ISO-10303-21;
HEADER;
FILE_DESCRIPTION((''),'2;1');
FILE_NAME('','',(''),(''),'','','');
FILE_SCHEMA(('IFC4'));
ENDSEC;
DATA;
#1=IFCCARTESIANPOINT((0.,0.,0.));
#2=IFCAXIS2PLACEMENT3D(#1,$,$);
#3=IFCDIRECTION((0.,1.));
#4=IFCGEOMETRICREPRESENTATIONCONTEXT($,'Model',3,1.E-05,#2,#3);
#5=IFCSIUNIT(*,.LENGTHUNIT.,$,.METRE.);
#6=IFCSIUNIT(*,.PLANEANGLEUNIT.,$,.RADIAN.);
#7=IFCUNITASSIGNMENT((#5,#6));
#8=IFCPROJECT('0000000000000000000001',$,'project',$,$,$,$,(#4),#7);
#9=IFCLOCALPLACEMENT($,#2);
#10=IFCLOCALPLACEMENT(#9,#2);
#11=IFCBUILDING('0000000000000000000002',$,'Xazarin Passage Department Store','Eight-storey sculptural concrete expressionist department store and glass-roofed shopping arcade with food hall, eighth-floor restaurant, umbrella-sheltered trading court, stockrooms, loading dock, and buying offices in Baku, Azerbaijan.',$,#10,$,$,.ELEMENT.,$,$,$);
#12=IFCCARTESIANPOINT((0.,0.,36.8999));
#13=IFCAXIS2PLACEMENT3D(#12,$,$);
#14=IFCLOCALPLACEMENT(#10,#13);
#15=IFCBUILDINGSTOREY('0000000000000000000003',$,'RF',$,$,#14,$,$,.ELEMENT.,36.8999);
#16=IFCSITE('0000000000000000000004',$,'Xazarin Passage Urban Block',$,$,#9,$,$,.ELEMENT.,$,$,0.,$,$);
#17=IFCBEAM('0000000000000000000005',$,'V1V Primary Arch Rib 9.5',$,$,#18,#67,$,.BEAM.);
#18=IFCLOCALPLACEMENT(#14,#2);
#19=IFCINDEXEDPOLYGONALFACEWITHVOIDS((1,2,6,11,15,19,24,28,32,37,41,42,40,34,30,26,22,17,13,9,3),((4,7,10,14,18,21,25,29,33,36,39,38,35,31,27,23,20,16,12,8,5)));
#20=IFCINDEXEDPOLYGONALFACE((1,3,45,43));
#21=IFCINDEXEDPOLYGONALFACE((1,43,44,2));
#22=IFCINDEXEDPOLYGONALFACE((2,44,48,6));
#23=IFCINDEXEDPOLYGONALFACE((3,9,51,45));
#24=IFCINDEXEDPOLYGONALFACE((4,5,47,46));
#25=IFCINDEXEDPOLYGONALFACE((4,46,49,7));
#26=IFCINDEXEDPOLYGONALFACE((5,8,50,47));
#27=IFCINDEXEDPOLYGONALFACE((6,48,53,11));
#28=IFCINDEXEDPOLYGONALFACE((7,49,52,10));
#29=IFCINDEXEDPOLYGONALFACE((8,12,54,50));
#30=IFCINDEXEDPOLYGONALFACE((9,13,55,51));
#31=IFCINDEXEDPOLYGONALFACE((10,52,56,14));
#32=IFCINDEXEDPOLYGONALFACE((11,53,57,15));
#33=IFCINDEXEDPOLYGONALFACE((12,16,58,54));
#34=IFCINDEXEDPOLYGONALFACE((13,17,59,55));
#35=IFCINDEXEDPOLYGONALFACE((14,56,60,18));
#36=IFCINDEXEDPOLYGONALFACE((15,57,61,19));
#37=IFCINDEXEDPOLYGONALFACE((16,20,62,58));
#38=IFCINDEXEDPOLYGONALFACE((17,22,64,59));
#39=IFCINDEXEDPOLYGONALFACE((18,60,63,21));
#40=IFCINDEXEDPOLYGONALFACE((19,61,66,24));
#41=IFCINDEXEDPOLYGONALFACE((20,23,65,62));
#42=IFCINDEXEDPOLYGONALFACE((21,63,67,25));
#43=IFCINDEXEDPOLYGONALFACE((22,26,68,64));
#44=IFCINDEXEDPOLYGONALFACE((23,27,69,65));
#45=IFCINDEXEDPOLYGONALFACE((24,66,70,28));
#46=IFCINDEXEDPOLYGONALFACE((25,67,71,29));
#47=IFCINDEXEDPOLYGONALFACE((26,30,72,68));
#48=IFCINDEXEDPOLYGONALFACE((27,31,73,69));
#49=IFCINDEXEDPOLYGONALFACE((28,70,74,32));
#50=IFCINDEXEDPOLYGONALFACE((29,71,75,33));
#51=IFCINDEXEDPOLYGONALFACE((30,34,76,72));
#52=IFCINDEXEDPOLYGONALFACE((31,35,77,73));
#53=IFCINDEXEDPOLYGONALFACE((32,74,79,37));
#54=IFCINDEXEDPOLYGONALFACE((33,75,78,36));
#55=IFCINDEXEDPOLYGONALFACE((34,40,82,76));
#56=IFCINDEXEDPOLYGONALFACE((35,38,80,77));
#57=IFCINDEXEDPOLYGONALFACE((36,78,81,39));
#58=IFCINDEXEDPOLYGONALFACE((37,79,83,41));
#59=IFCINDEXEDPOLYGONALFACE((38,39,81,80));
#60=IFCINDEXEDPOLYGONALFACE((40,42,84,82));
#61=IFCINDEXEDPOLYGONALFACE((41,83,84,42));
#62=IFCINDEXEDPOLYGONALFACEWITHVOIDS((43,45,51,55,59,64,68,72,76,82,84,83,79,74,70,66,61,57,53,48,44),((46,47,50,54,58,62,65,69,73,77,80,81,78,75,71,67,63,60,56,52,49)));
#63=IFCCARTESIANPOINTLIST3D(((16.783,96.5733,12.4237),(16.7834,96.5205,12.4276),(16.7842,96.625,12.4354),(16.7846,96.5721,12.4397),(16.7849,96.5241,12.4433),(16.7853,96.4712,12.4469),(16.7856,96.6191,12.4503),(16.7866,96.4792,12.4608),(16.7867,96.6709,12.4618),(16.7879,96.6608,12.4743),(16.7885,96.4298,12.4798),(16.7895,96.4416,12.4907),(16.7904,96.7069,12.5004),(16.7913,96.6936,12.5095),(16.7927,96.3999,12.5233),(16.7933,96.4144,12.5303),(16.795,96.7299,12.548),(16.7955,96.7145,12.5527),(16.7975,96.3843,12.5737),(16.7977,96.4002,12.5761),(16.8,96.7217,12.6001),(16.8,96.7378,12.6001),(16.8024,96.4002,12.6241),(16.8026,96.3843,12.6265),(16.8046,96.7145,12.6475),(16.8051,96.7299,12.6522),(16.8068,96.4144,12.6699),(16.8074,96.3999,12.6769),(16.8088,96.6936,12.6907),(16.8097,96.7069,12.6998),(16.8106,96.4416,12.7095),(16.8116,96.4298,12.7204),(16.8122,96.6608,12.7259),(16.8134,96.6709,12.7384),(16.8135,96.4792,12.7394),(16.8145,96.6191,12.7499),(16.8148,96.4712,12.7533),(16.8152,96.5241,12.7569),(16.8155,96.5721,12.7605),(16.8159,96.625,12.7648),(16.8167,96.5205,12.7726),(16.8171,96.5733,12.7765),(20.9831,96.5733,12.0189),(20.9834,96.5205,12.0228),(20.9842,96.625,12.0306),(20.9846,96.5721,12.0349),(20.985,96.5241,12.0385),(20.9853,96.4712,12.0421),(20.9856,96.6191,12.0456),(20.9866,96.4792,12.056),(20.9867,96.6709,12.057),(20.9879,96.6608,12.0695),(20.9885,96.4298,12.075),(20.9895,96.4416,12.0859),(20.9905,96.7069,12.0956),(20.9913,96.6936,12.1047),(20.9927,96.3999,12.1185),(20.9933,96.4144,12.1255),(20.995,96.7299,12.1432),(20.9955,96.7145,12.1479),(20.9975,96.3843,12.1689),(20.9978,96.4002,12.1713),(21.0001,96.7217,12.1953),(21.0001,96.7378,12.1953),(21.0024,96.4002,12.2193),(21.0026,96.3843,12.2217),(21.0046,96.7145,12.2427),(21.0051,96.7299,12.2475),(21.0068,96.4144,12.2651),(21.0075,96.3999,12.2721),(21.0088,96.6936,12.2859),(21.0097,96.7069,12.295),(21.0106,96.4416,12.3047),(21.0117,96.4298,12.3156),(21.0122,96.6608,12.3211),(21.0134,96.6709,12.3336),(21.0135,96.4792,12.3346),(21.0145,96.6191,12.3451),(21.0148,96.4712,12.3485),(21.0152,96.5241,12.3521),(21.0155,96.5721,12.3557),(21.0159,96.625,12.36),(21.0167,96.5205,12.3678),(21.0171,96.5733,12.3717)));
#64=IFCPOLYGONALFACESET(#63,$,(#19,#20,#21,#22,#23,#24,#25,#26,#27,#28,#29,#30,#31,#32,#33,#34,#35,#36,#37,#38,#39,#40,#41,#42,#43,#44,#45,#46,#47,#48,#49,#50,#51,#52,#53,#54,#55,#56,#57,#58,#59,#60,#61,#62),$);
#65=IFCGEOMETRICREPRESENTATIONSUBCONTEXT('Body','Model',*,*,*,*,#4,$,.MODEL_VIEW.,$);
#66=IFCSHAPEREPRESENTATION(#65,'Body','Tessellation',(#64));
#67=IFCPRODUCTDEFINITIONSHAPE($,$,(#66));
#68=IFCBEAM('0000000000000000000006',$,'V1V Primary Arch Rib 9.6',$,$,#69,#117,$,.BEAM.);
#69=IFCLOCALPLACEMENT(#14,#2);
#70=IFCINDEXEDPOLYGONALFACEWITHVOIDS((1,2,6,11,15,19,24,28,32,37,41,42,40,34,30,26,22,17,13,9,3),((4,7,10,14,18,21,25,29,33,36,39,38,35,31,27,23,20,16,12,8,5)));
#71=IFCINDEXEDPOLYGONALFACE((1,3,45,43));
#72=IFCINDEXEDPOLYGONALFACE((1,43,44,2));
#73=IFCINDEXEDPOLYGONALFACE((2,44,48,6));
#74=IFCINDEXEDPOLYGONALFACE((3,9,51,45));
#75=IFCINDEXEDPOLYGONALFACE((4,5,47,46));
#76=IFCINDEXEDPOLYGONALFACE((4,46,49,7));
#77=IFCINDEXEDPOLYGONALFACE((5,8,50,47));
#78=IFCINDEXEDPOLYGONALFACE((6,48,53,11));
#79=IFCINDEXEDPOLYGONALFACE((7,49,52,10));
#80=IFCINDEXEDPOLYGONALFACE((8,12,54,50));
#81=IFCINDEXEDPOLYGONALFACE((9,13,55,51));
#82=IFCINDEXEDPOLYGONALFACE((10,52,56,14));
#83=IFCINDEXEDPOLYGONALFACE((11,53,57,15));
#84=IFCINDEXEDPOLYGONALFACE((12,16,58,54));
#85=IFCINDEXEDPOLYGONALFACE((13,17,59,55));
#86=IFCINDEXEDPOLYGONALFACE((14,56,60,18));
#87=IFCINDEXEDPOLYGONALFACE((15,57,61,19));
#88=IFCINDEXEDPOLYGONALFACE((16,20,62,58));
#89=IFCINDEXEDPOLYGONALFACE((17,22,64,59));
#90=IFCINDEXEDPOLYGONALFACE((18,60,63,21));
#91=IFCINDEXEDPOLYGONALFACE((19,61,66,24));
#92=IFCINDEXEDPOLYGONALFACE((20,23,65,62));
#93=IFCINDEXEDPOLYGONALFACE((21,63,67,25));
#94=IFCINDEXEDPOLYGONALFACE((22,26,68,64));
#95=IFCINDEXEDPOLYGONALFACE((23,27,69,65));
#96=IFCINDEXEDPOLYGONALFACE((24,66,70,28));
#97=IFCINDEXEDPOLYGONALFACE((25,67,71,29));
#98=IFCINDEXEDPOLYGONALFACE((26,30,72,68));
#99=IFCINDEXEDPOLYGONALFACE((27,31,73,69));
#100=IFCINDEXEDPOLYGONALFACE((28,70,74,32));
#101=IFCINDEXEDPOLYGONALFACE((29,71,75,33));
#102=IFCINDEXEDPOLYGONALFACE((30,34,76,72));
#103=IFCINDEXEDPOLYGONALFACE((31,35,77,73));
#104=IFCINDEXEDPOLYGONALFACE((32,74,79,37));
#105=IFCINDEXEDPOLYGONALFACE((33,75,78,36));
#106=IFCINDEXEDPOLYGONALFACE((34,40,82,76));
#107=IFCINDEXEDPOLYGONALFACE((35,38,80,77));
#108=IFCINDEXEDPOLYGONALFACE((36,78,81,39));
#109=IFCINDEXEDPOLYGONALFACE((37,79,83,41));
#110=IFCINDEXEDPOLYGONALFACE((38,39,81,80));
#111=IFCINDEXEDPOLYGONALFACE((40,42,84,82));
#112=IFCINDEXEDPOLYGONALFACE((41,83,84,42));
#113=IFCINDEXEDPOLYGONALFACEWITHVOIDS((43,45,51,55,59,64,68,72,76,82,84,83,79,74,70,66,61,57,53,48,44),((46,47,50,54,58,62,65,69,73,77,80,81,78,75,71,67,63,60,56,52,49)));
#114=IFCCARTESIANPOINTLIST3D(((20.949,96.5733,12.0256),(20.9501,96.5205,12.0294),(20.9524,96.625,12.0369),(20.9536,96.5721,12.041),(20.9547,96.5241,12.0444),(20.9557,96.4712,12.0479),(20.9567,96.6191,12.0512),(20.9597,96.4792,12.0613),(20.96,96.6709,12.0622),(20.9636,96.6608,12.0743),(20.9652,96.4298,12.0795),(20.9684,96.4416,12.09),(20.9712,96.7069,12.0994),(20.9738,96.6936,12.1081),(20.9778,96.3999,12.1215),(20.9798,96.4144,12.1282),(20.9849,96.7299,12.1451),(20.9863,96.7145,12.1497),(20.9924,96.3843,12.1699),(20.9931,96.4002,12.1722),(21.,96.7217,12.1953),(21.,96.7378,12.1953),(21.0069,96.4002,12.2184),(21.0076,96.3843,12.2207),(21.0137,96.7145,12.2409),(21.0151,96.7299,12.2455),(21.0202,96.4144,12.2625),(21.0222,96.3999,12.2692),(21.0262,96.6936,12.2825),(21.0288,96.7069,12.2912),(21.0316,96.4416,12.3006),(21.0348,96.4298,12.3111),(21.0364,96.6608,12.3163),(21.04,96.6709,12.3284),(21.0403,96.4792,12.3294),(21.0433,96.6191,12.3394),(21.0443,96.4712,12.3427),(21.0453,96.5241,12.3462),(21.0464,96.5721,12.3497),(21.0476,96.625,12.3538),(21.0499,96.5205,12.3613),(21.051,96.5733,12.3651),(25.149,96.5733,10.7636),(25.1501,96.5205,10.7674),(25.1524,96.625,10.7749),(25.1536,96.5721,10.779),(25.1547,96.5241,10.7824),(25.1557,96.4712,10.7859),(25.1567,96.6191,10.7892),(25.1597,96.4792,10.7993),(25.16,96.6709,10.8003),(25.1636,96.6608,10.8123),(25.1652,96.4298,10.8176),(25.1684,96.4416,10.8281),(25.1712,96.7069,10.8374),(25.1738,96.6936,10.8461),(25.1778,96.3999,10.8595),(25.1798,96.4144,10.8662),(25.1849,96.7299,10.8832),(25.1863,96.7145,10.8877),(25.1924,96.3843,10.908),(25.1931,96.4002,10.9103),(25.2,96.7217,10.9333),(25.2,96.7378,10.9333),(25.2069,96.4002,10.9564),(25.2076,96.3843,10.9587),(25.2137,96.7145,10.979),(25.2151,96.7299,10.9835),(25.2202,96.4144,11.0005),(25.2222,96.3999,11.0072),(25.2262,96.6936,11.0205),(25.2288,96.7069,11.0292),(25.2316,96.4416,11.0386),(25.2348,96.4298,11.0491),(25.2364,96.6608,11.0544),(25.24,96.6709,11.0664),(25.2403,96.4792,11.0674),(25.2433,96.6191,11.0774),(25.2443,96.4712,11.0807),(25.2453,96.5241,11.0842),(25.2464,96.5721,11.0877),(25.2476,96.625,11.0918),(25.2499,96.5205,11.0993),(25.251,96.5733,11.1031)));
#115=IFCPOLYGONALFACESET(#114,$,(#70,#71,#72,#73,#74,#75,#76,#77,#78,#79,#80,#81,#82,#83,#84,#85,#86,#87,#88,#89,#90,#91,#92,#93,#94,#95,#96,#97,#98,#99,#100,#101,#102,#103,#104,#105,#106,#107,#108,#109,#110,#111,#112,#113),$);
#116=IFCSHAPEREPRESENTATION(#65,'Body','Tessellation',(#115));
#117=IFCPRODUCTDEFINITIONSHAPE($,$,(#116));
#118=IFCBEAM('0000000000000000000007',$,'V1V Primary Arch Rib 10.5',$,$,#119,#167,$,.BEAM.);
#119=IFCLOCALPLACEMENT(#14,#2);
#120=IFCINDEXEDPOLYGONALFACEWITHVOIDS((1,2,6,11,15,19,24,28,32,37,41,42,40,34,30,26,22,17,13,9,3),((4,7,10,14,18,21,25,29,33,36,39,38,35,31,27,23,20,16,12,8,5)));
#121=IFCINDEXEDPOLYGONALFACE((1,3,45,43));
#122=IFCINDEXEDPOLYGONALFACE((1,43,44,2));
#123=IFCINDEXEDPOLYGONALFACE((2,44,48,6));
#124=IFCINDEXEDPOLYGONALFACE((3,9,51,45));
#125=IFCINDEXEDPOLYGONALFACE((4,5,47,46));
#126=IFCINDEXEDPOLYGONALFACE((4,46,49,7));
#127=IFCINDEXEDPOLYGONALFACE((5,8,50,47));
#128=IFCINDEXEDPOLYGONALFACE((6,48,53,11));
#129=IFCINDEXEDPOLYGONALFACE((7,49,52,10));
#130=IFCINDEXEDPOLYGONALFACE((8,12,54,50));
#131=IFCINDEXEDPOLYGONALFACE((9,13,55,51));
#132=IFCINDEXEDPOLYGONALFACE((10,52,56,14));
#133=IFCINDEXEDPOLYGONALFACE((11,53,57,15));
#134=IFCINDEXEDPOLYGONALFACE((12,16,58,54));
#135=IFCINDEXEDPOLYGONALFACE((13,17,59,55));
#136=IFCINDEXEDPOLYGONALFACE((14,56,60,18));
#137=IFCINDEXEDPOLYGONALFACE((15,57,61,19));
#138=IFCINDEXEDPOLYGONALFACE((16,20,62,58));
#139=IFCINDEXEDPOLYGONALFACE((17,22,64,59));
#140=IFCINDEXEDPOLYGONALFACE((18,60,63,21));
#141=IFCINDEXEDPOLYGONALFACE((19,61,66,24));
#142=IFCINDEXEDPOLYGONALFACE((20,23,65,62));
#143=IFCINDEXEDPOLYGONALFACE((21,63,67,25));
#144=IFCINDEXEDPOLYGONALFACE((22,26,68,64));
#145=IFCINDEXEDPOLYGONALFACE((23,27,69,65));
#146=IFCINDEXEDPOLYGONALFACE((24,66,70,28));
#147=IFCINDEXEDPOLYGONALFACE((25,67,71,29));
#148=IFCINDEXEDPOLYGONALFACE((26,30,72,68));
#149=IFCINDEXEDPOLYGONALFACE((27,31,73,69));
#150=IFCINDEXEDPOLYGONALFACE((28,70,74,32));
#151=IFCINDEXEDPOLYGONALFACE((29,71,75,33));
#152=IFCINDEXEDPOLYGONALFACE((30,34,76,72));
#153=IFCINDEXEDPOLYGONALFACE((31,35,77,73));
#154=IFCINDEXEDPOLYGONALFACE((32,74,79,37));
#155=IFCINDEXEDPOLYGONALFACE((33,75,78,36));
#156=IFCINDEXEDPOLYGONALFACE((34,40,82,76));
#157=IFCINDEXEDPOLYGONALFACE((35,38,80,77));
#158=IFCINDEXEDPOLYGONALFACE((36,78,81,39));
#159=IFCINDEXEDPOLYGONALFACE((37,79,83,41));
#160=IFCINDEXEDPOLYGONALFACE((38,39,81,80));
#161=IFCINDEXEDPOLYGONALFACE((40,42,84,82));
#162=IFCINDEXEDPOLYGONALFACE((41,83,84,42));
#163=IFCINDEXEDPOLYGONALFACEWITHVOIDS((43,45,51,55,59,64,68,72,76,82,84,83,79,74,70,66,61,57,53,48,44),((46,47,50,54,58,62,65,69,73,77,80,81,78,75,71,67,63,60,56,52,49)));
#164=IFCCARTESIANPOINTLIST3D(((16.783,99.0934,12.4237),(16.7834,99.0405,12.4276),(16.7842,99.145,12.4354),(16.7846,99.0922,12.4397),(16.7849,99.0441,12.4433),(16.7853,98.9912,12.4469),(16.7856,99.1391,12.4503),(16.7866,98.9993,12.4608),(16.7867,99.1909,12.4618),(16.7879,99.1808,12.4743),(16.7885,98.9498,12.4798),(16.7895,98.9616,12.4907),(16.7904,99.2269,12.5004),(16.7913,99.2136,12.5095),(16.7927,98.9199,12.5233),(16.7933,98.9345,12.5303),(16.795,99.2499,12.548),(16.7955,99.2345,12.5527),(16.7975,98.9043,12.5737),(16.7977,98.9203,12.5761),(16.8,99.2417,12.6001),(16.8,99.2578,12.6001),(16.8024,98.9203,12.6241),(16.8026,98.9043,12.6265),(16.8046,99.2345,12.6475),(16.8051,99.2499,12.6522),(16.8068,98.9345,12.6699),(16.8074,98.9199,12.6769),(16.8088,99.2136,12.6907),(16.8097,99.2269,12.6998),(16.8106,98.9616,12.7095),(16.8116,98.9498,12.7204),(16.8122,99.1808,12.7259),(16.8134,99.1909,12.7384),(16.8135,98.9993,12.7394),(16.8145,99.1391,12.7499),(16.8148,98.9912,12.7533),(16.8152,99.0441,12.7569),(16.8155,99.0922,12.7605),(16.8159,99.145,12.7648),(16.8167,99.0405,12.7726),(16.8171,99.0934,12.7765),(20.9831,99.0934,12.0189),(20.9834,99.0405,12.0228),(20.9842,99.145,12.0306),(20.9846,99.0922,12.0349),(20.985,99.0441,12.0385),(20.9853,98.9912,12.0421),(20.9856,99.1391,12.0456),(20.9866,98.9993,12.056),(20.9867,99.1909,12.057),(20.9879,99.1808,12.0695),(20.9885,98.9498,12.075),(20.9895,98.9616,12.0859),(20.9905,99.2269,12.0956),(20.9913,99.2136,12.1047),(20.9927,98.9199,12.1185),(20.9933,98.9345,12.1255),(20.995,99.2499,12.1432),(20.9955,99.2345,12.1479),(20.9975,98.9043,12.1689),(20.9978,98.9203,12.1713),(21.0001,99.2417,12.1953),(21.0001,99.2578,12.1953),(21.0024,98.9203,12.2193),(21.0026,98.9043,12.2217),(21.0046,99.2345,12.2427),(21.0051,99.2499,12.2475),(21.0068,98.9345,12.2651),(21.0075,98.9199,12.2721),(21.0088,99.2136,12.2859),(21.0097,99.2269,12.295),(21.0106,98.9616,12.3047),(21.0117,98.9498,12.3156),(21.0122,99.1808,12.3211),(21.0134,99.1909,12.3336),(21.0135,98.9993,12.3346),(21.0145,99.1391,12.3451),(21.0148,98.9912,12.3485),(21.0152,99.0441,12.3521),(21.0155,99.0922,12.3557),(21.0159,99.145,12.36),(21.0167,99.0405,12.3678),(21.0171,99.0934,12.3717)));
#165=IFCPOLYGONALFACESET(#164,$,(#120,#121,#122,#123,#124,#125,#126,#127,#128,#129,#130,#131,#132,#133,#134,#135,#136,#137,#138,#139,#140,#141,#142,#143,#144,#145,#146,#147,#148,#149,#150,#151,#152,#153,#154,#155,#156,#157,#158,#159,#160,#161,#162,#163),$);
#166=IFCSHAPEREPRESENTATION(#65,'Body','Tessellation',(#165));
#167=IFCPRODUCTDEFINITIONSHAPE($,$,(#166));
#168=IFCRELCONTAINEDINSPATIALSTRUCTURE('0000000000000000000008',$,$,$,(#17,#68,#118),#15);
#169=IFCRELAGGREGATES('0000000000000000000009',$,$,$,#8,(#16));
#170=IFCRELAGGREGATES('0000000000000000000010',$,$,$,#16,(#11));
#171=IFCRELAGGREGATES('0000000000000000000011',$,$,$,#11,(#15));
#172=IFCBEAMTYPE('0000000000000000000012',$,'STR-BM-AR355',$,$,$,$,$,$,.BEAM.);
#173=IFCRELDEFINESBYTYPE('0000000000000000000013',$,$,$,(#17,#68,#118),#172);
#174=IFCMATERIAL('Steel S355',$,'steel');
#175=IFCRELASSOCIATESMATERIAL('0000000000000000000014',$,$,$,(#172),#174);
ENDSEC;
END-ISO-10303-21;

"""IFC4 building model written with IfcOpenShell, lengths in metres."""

from ifc_helpers import new_model, si_unit, direction, frame, origin, origin_2d, place, context, subcontext, project, spatial, hollow_circle, extrude, material, material_profile, profile_set, type_object, element, save


model = new_model("IFC4")

# Units and contexts
model_context = context("Model", 3, precision=1e-05, world=origin(), true_north=direction((0.0, 1.0)))
body_context = subcontext(model_context, "Body", "Model", "MODEL_VIEW")
ifc_project = project(units=[si_unit("LENGTHUNIT", "METRE"), si_unit("PLANEANGLEUNIT", "RADIAN")], contexts=[model_context])

# Site, building, storey
site_placement = place(None, origin())
site = spatial("IfcSite", under=ifc_project, at=site_placement, Name="Xazarin Passage Urban Block", CompositionType="ELEMENT", RefElevation=0.0)
building_placement = place(site_placement, origin())
building = spatial("IfcBuilding", under=site, at=building_placement, Name="Xazarin Passage Department Store", Description="Eight-storey sculptural concrete expressionist department store and glass-roofed shopping arcade with food hall, eighth-floor restaurant, umbrella-sheltered trading court, stockrooms, loading dock, and buying offices in Baku, Azerbaijan.", CompositionType="ELEMENT")
storey_placement = place(building_placement, frame((0.0, 0.0, 36.8999)))
storey = spatial("IfcBuildingStorey", under=building, at=storey_placement, Name="RF", CompositionType="ELEMENT", Elevation=36.8999)

# Beams
ifc_material_1 = material(Name="Steel S355", Category="steel")
ifc_material_profile_1 = material_profile(ifc_material_1, hollow_circle(Radius=0.1777, WallThickness=0.0161, at=origin_2d()), Name="CHS 355.6x16")
ifc_profile_set_1 = profile_set([ifc_material_profile_1], Name="Steel S355")
beam_type = type_object("IfcBeamType", Name="STR-BM-AR355", PredefinedType="BEAM", material=ifc_profile_set_1)
beam_1_placement = place(storey_placement, frame((16.8, 96.5601, 12.6001), z_axis=(0.995388, 0.0, -0.095934), x_axis=(0.0, 1.0, 0.0)))
element("IfcBeam", 1, at=beam_1_placement, inside=storey, type_object=beam_type, Name="V1V Primary Arch Rib 9.5", PredefinedType="BEAM", context=body_context, shape_type="SweptSolid", body=[
    extrude(hollow_circle(Radius=0.1777, WallThickness=0.0161, at=origin_2d()), origin(), (0.0, 0.0, 1.0), 4.2195),
])
beam_2_placement = place(storey_placement, frame((21.0, 96.5601, 12.1953), z_axis=(0.957702, 0.0, -0.287762), x_axis=(0.0, 1.0, 0.0)))
element("IfcBeam", 2, at=beam_2_placement, inside=storey, type_object=beam_type, Name="V1V Primary Arch Rib 9.6", PredefinedType="BEAM", context=body_context, shape_type="SweptSolid", body=[
    extrude(hollow_circle(Radius=0.1777, WallThickness=0.0161, at=origin_2d()), origin(), (0.0, 0.0, 1.0), 4.3855),
])
beam_3_placement = place(storey_placement, frame((16.8, 99.0801, 12.6001), z_axis=(0.995388, 0.0, -0.095934), x_axis=(0.0, 1.0, 0.0)))
element("IfcBeam", 3, at=beam_3_placement, inside=storey, type_object=beam_type, Name="V1V Primary Arch Rib 10.5", PredefinedType="BEAM", context=body_context, shape_type="SweptSolid", body=[
    extrude(hollow_circle(Radius=0.1777, WallThickness=0.0161, at=origin_2d()), origin(), (0.0, 0.0, 1.0), 4.2195),
])

save(model, "model.ifc")
